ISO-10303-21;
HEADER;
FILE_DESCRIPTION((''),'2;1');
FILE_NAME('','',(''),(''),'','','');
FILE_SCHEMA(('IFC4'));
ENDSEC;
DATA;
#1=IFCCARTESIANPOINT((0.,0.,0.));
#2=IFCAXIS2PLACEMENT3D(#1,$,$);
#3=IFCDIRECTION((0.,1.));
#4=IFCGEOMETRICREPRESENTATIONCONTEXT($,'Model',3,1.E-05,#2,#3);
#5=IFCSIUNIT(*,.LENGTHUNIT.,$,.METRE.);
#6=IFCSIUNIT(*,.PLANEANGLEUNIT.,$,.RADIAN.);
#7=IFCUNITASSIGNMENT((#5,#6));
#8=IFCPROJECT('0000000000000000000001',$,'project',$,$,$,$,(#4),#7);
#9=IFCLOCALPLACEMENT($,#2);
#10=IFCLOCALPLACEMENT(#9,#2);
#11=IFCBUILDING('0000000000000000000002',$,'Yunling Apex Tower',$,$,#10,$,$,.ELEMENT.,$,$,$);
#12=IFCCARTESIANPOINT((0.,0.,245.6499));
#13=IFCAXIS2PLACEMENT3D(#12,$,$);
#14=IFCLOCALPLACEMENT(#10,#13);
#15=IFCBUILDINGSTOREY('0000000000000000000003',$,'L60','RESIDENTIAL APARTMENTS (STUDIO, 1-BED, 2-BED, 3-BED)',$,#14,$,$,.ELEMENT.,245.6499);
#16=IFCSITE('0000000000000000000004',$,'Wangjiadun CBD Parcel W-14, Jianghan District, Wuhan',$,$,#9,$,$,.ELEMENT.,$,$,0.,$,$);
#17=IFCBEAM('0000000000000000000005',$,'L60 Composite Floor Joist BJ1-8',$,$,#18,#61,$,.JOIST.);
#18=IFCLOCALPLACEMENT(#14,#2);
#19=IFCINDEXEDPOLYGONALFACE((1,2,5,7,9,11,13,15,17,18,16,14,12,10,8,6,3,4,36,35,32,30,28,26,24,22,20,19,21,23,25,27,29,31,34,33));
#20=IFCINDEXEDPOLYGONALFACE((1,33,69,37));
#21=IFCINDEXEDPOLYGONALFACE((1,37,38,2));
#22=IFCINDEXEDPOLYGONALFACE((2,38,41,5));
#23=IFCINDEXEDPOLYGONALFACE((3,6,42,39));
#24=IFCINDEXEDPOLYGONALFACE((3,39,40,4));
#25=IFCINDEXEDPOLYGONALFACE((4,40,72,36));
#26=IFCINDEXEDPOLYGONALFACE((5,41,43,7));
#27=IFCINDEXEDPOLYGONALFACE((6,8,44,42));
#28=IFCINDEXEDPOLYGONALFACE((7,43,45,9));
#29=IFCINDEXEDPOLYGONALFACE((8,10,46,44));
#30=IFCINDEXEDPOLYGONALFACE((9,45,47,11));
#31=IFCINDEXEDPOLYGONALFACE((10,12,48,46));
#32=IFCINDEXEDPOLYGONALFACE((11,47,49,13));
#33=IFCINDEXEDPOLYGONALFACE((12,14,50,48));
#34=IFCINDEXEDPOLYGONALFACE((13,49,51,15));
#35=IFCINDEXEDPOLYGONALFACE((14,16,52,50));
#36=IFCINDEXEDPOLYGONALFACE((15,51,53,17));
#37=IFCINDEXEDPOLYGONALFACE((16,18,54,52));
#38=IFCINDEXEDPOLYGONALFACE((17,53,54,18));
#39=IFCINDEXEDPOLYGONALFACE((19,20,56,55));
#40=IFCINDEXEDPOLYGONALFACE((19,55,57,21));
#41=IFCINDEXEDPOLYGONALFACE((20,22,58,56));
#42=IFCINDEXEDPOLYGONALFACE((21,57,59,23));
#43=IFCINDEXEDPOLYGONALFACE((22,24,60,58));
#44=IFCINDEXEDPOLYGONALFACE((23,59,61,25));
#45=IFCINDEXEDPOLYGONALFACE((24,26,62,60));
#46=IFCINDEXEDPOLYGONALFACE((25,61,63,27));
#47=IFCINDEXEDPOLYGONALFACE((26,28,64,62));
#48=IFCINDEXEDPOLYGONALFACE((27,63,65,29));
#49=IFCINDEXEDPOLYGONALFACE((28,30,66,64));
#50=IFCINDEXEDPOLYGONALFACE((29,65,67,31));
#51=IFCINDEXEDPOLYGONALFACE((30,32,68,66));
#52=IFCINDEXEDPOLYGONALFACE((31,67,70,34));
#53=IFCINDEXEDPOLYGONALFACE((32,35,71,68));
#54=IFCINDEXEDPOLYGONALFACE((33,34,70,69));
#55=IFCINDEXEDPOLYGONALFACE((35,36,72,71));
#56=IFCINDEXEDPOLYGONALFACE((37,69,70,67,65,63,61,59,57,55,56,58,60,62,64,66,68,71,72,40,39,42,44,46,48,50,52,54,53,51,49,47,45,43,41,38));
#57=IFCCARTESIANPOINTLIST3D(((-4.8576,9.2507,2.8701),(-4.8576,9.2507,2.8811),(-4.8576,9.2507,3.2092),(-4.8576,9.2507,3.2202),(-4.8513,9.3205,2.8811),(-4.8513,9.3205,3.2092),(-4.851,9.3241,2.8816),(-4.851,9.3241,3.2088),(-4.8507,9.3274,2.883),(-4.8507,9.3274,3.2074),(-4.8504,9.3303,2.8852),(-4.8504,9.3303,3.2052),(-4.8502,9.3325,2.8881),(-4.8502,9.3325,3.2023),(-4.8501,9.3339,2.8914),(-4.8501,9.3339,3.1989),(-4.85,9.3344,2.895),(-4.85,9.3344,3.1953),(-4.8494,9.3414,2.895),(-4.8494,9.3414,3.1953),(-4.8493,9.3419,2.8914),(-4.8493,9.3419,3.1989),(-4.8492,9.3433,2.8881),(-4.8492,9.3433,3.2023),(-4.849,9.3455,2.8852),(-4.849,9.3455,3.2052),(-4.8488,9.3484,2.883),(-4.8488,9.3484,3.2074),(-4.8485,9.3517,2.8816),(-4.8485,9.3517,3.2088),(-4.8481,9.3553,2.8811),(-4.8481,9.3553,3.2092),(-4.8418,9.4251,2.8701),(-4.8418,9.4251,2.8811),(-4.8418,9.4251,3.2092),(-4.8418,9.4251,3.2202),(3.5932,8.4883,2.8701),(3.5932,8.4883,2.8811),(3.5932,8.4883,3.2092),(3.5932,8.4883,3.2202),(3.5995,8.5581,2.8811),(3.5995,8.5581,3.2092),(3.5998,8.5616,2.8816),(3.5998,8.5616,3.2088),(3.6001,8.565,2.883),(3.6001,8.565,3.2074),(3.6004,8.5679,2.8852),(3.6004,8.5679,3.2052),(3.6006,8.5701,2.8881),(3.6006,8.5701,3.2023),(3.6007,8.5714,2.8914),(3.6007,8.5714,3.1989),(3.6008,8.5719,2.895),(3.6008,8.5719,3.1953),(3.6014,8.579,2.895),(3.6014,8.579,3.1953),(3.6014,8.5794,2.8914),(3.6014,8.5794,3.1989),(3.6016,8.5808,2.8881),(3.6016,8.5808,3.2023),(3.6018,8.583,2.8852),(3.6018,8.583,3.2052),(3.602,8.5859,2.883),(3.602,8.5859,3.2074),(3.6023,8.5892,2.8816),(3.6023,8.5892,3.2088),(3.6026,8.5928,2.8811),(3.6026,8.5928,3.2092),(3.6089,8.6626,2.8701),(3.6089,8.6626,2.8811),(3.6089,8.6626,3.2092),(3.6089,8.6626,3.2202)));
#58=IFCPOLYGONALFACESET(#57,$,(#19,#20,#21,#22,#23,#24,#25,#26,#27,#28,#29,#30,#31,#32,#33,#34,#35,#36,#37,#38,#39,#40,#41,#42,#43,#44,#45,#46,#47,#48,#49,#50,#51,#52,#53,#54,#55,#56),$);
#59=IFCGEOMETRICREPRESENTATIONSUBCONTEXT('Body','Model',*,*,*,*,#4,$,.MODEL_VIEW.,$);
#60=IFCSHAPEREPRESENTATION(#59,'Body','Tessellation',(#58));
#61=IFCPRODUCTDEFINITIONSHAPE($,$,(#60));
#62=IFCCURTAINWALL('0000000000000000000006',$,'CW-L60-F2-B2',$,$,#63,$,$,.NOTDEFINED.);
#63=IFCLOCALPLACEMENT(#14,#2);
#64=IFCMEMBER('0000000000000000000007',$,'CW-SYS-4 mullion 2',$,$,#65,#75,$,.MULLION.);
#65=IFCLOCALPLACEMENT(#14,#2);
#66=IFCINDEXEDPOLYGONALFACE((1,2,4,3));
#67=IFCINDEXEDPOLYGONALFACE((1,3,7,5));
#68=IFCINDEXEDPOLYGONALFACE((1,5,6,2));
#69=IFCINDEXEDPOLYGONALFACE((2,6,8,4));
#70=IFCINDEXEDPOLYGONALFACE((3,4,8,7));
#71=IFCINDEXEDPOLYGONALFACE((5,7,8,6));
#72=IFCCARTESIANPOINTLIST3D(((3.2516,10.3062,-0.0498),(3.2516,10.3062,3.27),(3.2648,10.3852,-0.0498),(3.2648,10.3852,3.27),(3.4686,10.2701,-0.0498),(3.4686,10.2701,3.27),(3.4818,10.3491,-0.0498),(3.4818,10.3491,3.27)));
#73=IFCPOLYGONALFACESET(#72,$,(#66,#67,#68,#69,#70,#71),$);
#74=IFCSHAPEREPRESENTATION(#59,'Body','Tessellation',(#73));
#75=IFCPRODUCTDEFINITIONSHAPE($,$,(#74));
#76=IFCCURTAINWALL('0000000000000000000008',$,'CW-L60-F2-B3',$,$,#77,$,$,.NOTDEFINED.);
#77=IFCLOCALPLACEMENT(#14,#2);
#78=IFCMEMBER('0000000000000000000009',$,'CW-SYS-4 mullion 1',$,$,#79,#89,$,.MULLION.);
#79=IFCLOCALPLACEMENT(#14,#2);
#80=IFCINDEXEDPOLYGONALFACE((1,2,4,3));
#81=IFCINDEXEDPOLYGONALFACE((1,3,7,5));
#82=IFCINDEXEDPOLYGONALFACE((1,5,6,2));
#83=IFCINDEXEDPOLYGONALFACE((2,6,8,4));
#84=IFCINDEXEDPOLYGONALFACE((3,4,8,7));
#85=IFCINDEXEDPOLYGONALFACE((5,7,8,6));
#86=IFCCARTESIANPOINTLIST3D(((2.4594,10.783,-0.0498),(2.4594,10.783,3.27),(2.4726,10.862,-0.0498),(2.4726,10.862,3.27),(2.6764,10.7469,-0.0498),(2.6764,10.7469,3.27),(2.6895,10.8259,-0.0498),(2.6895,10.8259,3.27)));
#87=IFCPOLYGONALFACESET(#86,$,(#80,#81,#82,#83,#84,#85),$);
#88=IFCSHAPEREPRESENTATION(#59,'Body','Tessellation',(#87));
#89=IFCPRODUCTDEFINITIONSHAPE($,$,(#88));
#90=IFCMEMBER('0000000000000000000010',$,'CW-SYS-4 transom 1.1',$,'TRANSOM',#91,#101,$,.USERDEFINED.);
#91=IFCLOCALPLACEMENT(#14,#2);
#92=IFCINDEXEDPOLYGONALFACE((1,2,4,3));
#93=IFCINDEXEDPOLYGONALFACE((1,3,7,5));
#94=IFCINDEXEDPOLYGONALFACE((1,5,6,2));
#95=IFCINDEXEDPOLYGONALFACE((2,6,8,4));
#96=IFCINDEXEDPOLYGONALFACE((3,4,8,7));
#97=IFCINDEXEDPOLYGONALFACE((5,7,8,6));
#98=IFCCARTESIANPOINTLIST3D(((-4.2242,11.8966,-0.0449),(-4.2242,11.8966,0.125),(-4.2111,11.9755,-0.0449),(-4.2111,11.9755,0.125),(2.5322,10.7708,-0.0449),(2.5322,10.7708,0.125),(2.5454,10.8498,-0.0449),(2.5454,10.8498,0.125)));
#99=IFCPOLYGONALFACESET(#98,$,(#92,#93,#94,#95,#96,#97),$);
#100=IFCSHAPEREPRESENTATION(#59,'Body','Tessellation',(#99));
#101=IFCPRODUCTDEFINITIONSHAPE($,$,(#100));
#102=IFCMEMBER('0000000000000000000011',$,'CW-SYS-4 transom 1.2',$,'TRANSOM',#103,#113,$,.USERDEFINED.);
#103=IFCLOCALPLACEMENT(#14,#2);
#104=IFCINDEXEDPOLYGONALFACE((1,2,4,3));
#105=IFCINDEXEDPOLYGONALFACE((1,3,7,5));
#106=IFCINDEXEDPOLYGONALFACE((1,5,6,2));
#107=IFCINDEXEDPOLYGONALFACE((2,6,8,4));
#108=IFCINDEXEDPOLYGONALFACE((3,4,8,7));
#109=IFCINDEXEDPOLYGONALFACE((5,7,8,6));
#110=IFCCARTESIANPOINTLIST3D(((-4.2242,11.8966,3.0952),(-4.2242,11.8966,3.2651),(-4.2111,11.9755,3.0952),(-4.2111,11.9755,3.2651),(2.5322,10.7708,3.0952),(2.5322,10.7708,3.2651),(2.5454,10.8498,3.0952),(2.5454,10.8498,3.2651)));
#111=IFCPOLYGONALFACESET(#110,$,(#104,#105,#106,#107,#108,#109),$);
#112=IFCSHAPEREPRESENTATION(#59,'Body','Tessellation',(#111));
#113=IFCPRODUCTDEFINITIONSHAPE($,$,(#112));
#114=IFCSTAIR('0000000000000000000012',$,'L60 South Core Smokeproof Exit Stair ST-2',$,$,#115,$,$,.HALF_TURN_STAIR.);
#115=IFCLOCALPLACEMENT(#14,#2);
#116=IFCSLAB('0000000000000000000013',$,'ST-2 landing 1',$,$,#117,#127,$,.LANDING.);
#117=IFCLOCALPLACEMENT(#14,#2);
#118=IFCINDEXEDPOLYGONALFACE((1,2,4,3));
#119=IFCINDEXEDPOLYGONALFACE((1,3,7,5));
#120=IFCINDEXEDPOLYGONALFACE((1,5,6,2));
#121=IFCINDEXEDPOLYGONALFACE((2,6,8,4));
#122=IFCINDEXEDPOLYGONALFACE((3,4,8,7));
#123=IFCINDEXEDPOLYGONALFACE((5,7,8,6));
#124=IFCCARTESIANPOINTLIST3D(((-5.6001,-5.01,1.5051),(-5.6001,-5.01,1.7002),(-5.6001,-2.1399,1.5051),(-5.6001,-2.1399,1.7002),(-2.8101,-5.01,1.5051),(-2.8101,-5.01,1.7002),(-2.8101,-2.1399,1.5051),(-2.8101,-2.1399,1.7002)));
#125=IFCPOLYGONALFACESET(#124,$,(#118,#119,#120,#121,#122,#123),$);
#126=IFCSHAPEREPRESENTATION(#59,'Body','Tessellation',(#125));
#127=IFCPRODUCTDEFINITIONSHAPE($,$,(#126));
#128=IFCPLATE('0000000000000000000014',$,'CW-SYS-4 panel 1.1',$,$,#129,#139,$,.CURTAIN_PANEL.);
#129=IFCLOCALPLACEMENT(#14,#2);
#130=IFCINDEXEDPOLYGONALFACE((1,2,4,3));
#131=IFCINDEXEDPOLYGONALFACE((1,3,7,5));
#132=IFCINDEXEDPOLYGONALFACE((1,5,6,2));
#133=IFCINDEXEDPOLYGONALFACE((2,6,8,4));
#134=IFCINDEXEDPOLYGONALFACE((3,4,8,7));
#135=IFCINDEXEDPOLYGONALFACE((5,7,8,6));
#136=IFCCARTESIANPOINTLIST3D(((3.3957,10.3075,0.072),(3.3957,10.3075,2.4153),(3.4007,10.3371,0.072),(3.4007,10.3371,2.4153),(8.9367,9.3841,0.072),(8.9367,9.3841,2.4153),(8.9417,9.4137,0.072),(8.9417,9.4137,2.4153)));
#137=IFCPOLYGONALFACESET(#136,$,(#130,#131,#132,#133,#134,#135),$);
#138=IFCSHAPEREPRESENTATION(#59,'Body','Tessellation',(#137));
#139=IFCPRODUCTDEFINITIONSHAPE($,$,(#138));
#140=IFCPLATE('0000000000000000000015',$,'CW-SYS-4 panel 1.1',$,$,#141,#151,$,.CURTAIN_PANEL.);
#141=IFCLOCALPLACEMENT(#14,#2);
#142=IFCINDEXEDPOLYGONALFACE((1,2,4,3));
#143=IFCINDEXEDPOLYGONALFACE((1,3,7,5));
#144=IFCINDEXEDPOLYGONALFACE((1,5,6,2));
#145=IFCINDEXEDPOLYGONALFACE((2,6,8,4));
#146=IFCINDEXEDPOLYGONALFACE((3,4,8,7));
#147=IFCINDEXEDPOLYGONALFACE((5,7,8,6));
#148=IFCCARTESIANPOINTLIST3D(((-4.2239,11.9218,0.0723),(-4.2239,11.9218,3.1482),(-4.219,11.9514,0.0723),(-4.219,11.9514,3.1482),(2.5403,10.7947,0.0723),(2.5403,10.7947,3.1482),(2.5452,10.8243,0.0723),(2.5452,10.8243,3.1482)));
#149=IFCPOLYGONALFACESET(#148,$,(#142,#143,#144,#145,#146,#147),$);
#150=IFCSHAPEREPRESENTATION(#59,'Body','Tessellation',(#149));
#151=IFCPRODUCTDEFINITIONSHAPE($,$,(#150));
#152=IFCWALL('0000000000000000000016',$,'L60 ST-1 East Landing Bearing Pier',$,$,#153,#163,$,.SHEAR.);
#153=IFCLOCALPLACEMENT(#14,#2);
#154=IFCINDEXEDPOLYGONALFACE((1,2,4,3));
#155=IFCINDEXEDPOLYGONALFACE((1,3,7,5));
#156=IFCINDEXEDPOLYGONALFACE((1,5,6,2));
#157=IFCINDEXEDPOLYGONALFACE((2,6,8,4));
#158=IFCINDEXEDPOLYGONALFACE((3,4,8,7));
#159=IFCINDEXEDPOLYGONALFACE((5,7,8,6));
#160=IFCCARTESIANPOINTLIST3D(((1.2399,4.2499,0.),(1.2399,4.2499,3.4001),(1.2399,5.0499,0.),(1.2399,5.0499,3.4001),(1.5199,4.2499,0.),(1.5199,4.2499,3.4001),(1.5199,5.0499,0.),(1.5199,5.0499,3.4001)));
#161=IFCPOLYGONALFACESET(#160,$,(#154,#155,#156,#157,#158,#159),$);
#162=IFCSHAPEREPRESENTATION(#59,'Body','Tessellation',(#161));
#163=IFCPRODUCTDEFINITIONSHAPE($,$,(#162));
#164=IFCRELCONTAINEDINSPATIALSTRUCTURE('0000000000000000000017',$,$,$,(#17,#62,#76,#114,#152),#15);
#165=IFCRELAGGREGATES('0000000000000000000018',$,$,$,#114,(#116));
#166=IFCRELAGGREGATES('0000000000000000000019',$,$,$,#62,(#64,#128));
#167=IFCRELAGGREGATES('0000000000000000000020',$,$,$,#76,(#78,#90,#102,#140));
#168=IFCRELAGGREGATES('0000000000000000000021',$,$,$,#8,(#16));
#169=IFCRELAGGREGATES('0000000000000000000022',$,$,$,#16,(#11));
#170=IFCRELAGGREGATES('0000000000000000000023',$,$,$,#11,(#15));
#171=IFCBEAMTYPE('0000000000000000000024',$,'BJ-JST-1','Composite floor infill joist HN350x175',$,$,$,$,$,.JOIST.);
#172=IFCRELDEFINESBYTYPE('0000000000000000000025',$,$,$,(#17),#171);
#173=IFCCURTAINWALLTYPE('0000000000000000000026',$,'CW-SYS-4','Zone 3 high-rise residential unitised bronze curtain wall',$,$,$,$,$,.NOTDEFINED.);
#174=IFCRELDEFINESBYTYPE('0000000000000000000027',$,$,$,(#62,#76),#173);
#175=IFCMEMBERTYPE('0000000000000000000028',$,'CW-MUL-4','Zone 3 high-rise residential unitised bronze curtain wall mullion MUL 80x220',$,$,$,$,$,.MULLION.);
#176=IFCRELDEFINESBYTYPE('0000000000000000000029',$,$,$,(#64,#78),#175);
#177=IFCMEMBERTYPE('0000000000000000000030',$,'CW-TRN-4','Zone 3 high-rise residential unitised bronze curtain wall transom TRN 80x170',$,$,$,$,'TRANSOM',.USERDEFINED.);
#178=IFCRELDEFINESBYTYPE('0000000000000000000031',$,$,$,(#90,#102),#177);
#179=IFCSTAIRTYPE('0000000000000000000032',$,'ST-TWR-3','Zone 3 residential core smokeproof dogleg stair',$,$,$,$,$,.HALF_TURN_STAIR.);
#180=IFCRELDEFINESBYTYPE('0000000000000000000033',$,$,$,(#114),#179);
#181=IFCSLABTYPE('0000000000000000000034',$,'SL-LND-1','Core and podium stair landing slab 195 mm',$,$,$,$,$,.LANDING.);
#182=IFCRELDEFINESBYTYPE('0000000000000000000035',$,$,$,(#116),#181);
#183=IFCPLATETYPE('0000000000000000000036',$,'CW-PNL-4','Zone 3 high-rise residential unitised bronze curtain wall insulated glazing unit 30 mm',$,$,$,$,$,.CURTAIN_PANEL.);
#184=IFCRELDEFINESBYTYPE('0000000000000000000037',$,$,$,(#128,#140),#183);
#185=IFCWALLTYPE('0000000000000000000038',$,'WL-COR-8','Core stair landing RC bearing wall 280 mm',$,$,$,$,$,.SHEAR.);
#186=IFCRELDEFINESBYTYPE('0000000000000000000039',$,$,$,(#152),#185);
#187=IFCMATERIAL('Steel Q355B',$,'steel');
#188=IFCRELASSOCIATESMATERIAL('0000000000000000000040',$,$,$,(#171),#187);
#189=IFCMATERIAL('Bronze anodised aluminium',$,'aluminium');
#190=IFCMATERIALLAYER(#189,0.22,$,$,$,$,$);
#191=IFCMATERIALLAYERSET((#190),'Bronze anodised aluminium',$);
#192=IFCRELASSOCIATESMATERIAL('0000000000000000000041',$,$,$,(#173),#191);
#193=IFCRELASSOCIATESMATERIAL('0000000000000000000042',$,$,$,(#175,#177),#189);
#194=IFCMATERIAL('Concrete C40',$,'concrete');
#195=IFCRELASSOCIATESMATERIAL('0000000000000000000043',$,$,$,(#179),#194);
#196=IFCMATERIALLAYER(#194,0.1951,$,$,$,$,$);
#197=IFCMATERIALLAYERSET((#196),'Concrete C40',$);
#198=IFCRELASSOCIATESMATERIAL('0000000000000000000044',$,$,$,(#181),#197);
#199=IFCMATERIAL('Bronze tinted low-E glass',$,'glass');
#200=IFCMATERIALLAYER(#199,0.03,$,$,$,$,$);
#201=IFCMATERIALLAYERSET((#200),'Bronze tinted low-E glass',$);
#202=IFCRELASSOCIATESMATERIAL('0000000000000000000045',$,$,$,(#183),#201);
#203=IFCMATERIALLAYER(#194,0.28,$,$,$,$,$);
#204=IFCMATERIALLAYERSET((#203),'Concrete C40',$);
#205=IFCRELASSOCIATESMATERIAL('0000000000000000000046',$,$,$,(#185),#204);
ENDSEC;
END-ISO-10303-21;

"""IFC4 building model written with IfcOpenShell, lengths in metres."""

from ifc_helpers import new_model, si_unit, direction, frame, frame_2d, origin, origin_2d, place, context, subcontext, project, spatial, polyline, rectangle, i_section, outline, extrude, source, transform, mapped, material, layer, layer_set, material_profile, profile_set, type_object, element, aggregate, save


model = new_model("IFC4")

# Units and contexts
model_context = context("Model", 3, precision=1e-05, world=origin(), true_north=direction((0.0, 1.0)))
body_context = subcontext(model_context, "Body", "Model", "MODEL_VIEW")
ifc_project = project(units=[si_unit("LENGTHUNIT", "METRE"), si_unit("PLANEANGLEUNIT", "RADIAN")], contexts=[model_context])

# Site, building, storey
site_placement = place(None, origin())
site = spatial("IfcSite", under=ifc_project, at=site_placement, Name="Wangjiadun CBD Parcel W-14, Jianghan District, Wuhan", CompositionType="ELEMENT", RefElevation=0.0)
building_placement = place(site_placement, origin())
building = spatial("IfcBuilding", under=site, at=building_placement, Name="Yunling Apex Tower", CompositionType="ELEMENT")
storey_placement = place(building_placement, frame((0.0, 0.0, 245.6499)))
storey = spatial("IfcBuildingStorey", under=building, at=storey_placement, Name="L60", Description="RESIDENTIAL APARTMENTS (STUDIO, 1-BED, 2-BED, 3-BED)", CompositionType="ELEMENT", Elevation=245.6499)

# Beam
ifc_material_1 = material(Name="Steel Q355B", Category="steel")
ifc_material_profile_1 = material_profile(ifc_material_1, i_section(OverallWidth=0.175, OverallDepth=0.3501, WebThickness=0.0071, FlangeThickness=0.011, FilletRadius=0.0139, at=origin_2d()))
ifc_profile_set_1 = profile_set([ifc_material_profile_1], Name="Steel Q355B")
beam_type_1 = type_object("IfcBeamType", Name="BJ-JST-1", Description="Composite floor infill joist HN350x175", PredefinedType="JOIST", material=ifc_profile_set_1)
shared_shape_1 = source(origin(), body_context, "Body", "SweptSolid", [
    extrude(i_section(OverallWidth=0.175, OverallDepth=0.3501, WebThickness=0.0071, FlangeThickness=0.011, FilletRadius=0.0139, at=origin_2d()), origin(), (0.0, 0.0, 1.0), 8.4851),
])
beam_1_placement = place(storey_placement, frame((3.6011, 8.5754, 3.0452), z_axis=(-0.995955, 0.089859, 0.0), x_axis=(-0.089859, -0.995955, 0.0)))
element("IfcBeam", 1, at=beam_1_placement, inside=storey, type_object=beam_type_1, Name="L60 Composite Floor Joist BJ1-8", PredefinedType="JOIST", context=body_context, shape_type="MappedRepresentation", body=[
    mapped(shared_shape_1, transform((0.0, 0.0, 0.0), scale=1.0)),
])

# Curtain wall, member
ifc_material_2 = material(Name="Bronze anodised aluminium", Category="aluminium")
ifc_layer_1 = layer(ifc_material_2, 0.22)
ifc_layer_set_1 = layer_set([ifc_layer_1], Name="Bronze anodised aluminium")
curtain_wall_type = type_object("IfcCurtainWallType", Name="CW-SYS-4", Description="Zone 3 high-rise residential unitised bronze curtain wall", PredefinedType="NOTDEFINED", material=ifc_layer_set_1)
curtain_wall_1_placement = place(storey_placement, origin())
curtain_wall_1 = element("IfcCurtainWall", 2, at=curtain_wall_1_placement, inside=storey, type_object=curtain_wall_type, Name="CW-L60-F2-B2", PredefinedType="NOTDEFINED")
ifc_material_profile_2 = material_profile(ifc_material_2, rectangle(XDim=0.0801, YDim=0.22, at=origin_2d()))
ifc_profile_set_2 = profile_set([ifc_material_profile_2], Name="Bronze anodised aluminium")
member_type_1 = type_object("IfcMemberType", Name="CW-MUL-4", Description="Zone 3 high-rise residential unitised bronze curtain wall mullion MUL 80x220", PredefinedType="MULLION", material=ifc_profile_set_2)
shared_shape_2 = source(origin(), body_context, "Body", "SweptSolid", [
    extrude(rectangle(XDim=0.0801, YDim=0.22, at=origin_2d()), origin(), (0.0, 0.0, 1.0), 3.3198),
])
member_1_placement = place(storey_placement, frame((3.3667, 10.3276, -0.0498), z_axis=(0.0, 0.0, 1.0), x_axis=(-0.164371, -0.986399, 0.0)))
member_1 = element("IfcMember", 3, at=member_1_placement, type_object=member_type_1, Name="CW-SYS-4 mullion 2", PredefinedType="MULLION", context=body_context, shape_type="MappedRepresentation", body=[
    mapped(shared_shape_2, transform((0.0, 0.0, 0.0), scale=1.0)),
])

# Curtain wall, members
curtain_wall_2_placement = place(storey_placement, origin())
curtain_wall_2 = element("IfcCurtainWall", 4, at=curtain_wall_2_placement, inside=storey, type_object=curtain_wall_type, Name="CW-L60-F2-B3", PredefinedType="NOTDEFINED")
member_2_placement = place(storey_placement, frame((2.5745, 10.8044, -0.0498), z_axis=(0.0, 0.0, 1.0), x_axis=(-0.164353, -0.986402, 0.0)))
member_2 = element("IfcMember", 5, at=member_2_placement, type_object=member_type_1, Name="CW-SYS-4 mullion 1", PredefinedType="MULLION", context=body_context, shape_type="MappedRepresentation", body=[
    mapped(shared_shape_2, transform((0.0, 0.0, 0.0), scale=1.0)),
])
ifc_material_profile_3 = material_profile(ifc_material_2, rectangle(XDim=0.0801, YDim=0.1699, at=origin_2d()))
ifc_profile_set_3 = profile_set([ifc_material_profile_3], Name="Bronze anodised aluminium")
member_type_2 = type_object("IfcMemberType", Name="CW-TRN-4", Description="Zone 3 high-rise residential unitised bronze curtain wall transom TRN 80x170", ElementType="TRANSOM", PredefinedType="USERDEFINED", material=ifc_profile_set_3)
shared_shape_3 = source(origin(), body_context, "Body", "SweptSolid", [
    extrude(rectangle(XDim=0.0801, YDim=0.1699, at=origin_2d()), origin(), (0.0, 0.0, 1.0), 6.8496),
])
member_3_placement = place(storey_placement, frame((2.5388, 10.8103, 0.04), z_axis=(-0.986402, 0.164353, 0.0), x_axis=(-0.164353, -0.986402, 0.0)))
member_3 = element("IfcMember", 6, at=member_3_placement, type_object=member_type_2, Name="CW-SYS-4 transom 1.1", ObjectType="TRANSOM", PredefinedType="USERDEFINED", context=body_context, shape_type="MappedRepresentation", body=[
    mapped(shared_shape_3, transform((0.0, 0.0, 0.0), scale=1.0)),
])
member_4_placement = place(storey_placement, frame((2.5388, 10.8103, 3.1802), z_axis=(-0.986402, 0.164353, 0.0), x_axis=(-0.164353, -0.986402, 0.0)))
member_4 = element("IfcMember", 7, at=member_4_placement, type_object=member_type_2, Name="CW-SYS-4 transom 1.2", ObjectType="TRANSOM", PredefinedType="USERDEFINED", context=body_context, shape_type="MappedRepresentation", body=[
    mapped(shared_shape_3, transform((0.0, 0.0, 0.0), scale=1.0)),
])

# Stair, slab
ifc_material_3 = material(Name="Concrete C40", Category="concrete")
stair_type = type_object("IfcStairType", Name="ST-TWR-3", Description="Zone 3 residential core smokeproof dogleg stair", PredefinedType="HALF_TURN_STAIR", material=ifc_material_3)
stair_1_placement = place(storey_placement, origin())
stair_1 = element("IfcStair", 8, at=stair_1_placement, inside=storey, type_object=stair_type, Name="L60 South Core Smokeproof Exit Stair ST-2", PredefinedType="HALF_TURN_STAIR")
ifc_layer_2 = layer(ifc_material_3, 0.1951)
ifc_layer_set_2 = layer_set([ifc_layer_2], Name="Concrete C40")
slab_type = type_object("IfcSlabType", Name="SL-LND-1", Description="Core and podium stair landing slab 195 mm", PredefinedType="LANDING", material=ifc_layer_set_2)
slab_placement = place(storey_placement, frame((0.0, 0.0, 1.5051)))
slab = element("IfcSlab", 9, at=slab_placement, type_object=slab_type, Name="ST-2 landing 1", PredefinedType="LANDING", context=body_context, shape_type="SweptSolid", body=[
    extrude(outline(polyline([(-2.8101, -2.1399), (-5.6001, -2.1399), (-5.6001, -5.01), (-2.8101, -5.01), (-2.8101, -2.1399)])), origin(), (0.0, 0.0, 1.0), 0.1951),
])
aggregate(stair_1, [slab])

# Plates
ifc_material_4 = material(Name="Bronze tinted low-E glass", Category="glass")
ifc_layer_3 = layer(ifc_material_4, 0.03)
ifc_layer_set_3 = layer_set([ifc_layer_3], Name="Bronze tinted low-E glass")
plate_type = type_object("IfcPlateType", Name="CW-PNL-4", Description="Zone 3 high-rise residential unitised bronze curtain wall insulated glazing unit 30 mm", PredefinedType="CURTAIN_PANEL", material=ifc_layer_set_3)
shared_shape_4 = source(origin(), body_context, "Body", "SweptSolid", [
    extrude(rectangle(XDim=5.6174, YDim=0.03, at=origin_2d()), origin(), (0.0, 0.0, 1.0), 2.3433),
])
plate_1_placement = place(storey_placement, frame((6.1687, 9.8606, 0.072), z_axis=(0.0, 0.0, 1.0), x_axis=(-0.986399, 0.164371, 0.0)))
plate_1 = element("IfcPlate", 10, at=plate_1_placement, type_object=plate_type, Name="CW-SYS-4 panel 1.1", PredefinedType="CURTAIN_PANEL", context=body_context, shape_type="MappedRepresentation", body=[
    mapped(shared_shape_4, transform((0.0, 0.0, 0.0), scale=1.0)),
])
aggregate(curtain_wall_1, [member_1, plate_1])
shared_shape_5 = source(origin(), body_context, "Body", "SweptSolid", [
    extrude(rectangle(XDim=6.8574, YDim=0.03, at=origin_2d()), origin(), (0.0, 0.0, 1.0), 3.0759),
])
plate_2_placement = place(storey_placement, frame((-0.8394, 11.373, 0.0723), z_axis=(0.0, 0.0, 1.0), x_axis=(-0.986402, 0.164353, 0.0)))
plate_2 = element("IfcPlate", 11, at=plate_2_placement, type_object=plate_type, Name="CW-SYS-4 panel 1.1", PredefinedType="CURTAIN_PANEL", context=body_context, shape_type="MappedRepresentation", body=[
    mapped(shared_shape_5, transform((0.0, 0.0, 0.0), scale=1.0)),
])
aggregate(curtain_wall_2, [member_2, member_3, member_4, plate_2])

# Wall
ifc_layer_4 = layer(ifc_material_3, 0.28)
ifc_layer_set_4 = layer_set([ifc_layer_4], Name="Concrete C40")
wall_type_1 = type_object("IfcWallType", Name="WL-COR-8", Description="Core stair landing RC bearing wall 280 mm", PredefinedType="SHEAR", material=ifc_layer_set_4)
wall_1_placement = place(storey_placement, frame((1.3799, 4.25, 0.0), z_axis=(0.0, 0.0, 1.0), x_axis=(0.0, 1.0, 0.0)))
element("IfcWall", 12, at=wall_1_placement, inside=storey, type_object=wall_type_1, Name="L60 ST-1 East Landing Bearing Pier", PredefinedType="SHEAR", context=body_context, shape_type="SweptSolid", body=[
    extrude(rectangle(XDim=0.8, YDim=0.28, at=frame_2d((0.3999, 0.0))), origin(), (0.0, 0.0, 1.0), 3.4001),
])

save(model, "model.ifc")
